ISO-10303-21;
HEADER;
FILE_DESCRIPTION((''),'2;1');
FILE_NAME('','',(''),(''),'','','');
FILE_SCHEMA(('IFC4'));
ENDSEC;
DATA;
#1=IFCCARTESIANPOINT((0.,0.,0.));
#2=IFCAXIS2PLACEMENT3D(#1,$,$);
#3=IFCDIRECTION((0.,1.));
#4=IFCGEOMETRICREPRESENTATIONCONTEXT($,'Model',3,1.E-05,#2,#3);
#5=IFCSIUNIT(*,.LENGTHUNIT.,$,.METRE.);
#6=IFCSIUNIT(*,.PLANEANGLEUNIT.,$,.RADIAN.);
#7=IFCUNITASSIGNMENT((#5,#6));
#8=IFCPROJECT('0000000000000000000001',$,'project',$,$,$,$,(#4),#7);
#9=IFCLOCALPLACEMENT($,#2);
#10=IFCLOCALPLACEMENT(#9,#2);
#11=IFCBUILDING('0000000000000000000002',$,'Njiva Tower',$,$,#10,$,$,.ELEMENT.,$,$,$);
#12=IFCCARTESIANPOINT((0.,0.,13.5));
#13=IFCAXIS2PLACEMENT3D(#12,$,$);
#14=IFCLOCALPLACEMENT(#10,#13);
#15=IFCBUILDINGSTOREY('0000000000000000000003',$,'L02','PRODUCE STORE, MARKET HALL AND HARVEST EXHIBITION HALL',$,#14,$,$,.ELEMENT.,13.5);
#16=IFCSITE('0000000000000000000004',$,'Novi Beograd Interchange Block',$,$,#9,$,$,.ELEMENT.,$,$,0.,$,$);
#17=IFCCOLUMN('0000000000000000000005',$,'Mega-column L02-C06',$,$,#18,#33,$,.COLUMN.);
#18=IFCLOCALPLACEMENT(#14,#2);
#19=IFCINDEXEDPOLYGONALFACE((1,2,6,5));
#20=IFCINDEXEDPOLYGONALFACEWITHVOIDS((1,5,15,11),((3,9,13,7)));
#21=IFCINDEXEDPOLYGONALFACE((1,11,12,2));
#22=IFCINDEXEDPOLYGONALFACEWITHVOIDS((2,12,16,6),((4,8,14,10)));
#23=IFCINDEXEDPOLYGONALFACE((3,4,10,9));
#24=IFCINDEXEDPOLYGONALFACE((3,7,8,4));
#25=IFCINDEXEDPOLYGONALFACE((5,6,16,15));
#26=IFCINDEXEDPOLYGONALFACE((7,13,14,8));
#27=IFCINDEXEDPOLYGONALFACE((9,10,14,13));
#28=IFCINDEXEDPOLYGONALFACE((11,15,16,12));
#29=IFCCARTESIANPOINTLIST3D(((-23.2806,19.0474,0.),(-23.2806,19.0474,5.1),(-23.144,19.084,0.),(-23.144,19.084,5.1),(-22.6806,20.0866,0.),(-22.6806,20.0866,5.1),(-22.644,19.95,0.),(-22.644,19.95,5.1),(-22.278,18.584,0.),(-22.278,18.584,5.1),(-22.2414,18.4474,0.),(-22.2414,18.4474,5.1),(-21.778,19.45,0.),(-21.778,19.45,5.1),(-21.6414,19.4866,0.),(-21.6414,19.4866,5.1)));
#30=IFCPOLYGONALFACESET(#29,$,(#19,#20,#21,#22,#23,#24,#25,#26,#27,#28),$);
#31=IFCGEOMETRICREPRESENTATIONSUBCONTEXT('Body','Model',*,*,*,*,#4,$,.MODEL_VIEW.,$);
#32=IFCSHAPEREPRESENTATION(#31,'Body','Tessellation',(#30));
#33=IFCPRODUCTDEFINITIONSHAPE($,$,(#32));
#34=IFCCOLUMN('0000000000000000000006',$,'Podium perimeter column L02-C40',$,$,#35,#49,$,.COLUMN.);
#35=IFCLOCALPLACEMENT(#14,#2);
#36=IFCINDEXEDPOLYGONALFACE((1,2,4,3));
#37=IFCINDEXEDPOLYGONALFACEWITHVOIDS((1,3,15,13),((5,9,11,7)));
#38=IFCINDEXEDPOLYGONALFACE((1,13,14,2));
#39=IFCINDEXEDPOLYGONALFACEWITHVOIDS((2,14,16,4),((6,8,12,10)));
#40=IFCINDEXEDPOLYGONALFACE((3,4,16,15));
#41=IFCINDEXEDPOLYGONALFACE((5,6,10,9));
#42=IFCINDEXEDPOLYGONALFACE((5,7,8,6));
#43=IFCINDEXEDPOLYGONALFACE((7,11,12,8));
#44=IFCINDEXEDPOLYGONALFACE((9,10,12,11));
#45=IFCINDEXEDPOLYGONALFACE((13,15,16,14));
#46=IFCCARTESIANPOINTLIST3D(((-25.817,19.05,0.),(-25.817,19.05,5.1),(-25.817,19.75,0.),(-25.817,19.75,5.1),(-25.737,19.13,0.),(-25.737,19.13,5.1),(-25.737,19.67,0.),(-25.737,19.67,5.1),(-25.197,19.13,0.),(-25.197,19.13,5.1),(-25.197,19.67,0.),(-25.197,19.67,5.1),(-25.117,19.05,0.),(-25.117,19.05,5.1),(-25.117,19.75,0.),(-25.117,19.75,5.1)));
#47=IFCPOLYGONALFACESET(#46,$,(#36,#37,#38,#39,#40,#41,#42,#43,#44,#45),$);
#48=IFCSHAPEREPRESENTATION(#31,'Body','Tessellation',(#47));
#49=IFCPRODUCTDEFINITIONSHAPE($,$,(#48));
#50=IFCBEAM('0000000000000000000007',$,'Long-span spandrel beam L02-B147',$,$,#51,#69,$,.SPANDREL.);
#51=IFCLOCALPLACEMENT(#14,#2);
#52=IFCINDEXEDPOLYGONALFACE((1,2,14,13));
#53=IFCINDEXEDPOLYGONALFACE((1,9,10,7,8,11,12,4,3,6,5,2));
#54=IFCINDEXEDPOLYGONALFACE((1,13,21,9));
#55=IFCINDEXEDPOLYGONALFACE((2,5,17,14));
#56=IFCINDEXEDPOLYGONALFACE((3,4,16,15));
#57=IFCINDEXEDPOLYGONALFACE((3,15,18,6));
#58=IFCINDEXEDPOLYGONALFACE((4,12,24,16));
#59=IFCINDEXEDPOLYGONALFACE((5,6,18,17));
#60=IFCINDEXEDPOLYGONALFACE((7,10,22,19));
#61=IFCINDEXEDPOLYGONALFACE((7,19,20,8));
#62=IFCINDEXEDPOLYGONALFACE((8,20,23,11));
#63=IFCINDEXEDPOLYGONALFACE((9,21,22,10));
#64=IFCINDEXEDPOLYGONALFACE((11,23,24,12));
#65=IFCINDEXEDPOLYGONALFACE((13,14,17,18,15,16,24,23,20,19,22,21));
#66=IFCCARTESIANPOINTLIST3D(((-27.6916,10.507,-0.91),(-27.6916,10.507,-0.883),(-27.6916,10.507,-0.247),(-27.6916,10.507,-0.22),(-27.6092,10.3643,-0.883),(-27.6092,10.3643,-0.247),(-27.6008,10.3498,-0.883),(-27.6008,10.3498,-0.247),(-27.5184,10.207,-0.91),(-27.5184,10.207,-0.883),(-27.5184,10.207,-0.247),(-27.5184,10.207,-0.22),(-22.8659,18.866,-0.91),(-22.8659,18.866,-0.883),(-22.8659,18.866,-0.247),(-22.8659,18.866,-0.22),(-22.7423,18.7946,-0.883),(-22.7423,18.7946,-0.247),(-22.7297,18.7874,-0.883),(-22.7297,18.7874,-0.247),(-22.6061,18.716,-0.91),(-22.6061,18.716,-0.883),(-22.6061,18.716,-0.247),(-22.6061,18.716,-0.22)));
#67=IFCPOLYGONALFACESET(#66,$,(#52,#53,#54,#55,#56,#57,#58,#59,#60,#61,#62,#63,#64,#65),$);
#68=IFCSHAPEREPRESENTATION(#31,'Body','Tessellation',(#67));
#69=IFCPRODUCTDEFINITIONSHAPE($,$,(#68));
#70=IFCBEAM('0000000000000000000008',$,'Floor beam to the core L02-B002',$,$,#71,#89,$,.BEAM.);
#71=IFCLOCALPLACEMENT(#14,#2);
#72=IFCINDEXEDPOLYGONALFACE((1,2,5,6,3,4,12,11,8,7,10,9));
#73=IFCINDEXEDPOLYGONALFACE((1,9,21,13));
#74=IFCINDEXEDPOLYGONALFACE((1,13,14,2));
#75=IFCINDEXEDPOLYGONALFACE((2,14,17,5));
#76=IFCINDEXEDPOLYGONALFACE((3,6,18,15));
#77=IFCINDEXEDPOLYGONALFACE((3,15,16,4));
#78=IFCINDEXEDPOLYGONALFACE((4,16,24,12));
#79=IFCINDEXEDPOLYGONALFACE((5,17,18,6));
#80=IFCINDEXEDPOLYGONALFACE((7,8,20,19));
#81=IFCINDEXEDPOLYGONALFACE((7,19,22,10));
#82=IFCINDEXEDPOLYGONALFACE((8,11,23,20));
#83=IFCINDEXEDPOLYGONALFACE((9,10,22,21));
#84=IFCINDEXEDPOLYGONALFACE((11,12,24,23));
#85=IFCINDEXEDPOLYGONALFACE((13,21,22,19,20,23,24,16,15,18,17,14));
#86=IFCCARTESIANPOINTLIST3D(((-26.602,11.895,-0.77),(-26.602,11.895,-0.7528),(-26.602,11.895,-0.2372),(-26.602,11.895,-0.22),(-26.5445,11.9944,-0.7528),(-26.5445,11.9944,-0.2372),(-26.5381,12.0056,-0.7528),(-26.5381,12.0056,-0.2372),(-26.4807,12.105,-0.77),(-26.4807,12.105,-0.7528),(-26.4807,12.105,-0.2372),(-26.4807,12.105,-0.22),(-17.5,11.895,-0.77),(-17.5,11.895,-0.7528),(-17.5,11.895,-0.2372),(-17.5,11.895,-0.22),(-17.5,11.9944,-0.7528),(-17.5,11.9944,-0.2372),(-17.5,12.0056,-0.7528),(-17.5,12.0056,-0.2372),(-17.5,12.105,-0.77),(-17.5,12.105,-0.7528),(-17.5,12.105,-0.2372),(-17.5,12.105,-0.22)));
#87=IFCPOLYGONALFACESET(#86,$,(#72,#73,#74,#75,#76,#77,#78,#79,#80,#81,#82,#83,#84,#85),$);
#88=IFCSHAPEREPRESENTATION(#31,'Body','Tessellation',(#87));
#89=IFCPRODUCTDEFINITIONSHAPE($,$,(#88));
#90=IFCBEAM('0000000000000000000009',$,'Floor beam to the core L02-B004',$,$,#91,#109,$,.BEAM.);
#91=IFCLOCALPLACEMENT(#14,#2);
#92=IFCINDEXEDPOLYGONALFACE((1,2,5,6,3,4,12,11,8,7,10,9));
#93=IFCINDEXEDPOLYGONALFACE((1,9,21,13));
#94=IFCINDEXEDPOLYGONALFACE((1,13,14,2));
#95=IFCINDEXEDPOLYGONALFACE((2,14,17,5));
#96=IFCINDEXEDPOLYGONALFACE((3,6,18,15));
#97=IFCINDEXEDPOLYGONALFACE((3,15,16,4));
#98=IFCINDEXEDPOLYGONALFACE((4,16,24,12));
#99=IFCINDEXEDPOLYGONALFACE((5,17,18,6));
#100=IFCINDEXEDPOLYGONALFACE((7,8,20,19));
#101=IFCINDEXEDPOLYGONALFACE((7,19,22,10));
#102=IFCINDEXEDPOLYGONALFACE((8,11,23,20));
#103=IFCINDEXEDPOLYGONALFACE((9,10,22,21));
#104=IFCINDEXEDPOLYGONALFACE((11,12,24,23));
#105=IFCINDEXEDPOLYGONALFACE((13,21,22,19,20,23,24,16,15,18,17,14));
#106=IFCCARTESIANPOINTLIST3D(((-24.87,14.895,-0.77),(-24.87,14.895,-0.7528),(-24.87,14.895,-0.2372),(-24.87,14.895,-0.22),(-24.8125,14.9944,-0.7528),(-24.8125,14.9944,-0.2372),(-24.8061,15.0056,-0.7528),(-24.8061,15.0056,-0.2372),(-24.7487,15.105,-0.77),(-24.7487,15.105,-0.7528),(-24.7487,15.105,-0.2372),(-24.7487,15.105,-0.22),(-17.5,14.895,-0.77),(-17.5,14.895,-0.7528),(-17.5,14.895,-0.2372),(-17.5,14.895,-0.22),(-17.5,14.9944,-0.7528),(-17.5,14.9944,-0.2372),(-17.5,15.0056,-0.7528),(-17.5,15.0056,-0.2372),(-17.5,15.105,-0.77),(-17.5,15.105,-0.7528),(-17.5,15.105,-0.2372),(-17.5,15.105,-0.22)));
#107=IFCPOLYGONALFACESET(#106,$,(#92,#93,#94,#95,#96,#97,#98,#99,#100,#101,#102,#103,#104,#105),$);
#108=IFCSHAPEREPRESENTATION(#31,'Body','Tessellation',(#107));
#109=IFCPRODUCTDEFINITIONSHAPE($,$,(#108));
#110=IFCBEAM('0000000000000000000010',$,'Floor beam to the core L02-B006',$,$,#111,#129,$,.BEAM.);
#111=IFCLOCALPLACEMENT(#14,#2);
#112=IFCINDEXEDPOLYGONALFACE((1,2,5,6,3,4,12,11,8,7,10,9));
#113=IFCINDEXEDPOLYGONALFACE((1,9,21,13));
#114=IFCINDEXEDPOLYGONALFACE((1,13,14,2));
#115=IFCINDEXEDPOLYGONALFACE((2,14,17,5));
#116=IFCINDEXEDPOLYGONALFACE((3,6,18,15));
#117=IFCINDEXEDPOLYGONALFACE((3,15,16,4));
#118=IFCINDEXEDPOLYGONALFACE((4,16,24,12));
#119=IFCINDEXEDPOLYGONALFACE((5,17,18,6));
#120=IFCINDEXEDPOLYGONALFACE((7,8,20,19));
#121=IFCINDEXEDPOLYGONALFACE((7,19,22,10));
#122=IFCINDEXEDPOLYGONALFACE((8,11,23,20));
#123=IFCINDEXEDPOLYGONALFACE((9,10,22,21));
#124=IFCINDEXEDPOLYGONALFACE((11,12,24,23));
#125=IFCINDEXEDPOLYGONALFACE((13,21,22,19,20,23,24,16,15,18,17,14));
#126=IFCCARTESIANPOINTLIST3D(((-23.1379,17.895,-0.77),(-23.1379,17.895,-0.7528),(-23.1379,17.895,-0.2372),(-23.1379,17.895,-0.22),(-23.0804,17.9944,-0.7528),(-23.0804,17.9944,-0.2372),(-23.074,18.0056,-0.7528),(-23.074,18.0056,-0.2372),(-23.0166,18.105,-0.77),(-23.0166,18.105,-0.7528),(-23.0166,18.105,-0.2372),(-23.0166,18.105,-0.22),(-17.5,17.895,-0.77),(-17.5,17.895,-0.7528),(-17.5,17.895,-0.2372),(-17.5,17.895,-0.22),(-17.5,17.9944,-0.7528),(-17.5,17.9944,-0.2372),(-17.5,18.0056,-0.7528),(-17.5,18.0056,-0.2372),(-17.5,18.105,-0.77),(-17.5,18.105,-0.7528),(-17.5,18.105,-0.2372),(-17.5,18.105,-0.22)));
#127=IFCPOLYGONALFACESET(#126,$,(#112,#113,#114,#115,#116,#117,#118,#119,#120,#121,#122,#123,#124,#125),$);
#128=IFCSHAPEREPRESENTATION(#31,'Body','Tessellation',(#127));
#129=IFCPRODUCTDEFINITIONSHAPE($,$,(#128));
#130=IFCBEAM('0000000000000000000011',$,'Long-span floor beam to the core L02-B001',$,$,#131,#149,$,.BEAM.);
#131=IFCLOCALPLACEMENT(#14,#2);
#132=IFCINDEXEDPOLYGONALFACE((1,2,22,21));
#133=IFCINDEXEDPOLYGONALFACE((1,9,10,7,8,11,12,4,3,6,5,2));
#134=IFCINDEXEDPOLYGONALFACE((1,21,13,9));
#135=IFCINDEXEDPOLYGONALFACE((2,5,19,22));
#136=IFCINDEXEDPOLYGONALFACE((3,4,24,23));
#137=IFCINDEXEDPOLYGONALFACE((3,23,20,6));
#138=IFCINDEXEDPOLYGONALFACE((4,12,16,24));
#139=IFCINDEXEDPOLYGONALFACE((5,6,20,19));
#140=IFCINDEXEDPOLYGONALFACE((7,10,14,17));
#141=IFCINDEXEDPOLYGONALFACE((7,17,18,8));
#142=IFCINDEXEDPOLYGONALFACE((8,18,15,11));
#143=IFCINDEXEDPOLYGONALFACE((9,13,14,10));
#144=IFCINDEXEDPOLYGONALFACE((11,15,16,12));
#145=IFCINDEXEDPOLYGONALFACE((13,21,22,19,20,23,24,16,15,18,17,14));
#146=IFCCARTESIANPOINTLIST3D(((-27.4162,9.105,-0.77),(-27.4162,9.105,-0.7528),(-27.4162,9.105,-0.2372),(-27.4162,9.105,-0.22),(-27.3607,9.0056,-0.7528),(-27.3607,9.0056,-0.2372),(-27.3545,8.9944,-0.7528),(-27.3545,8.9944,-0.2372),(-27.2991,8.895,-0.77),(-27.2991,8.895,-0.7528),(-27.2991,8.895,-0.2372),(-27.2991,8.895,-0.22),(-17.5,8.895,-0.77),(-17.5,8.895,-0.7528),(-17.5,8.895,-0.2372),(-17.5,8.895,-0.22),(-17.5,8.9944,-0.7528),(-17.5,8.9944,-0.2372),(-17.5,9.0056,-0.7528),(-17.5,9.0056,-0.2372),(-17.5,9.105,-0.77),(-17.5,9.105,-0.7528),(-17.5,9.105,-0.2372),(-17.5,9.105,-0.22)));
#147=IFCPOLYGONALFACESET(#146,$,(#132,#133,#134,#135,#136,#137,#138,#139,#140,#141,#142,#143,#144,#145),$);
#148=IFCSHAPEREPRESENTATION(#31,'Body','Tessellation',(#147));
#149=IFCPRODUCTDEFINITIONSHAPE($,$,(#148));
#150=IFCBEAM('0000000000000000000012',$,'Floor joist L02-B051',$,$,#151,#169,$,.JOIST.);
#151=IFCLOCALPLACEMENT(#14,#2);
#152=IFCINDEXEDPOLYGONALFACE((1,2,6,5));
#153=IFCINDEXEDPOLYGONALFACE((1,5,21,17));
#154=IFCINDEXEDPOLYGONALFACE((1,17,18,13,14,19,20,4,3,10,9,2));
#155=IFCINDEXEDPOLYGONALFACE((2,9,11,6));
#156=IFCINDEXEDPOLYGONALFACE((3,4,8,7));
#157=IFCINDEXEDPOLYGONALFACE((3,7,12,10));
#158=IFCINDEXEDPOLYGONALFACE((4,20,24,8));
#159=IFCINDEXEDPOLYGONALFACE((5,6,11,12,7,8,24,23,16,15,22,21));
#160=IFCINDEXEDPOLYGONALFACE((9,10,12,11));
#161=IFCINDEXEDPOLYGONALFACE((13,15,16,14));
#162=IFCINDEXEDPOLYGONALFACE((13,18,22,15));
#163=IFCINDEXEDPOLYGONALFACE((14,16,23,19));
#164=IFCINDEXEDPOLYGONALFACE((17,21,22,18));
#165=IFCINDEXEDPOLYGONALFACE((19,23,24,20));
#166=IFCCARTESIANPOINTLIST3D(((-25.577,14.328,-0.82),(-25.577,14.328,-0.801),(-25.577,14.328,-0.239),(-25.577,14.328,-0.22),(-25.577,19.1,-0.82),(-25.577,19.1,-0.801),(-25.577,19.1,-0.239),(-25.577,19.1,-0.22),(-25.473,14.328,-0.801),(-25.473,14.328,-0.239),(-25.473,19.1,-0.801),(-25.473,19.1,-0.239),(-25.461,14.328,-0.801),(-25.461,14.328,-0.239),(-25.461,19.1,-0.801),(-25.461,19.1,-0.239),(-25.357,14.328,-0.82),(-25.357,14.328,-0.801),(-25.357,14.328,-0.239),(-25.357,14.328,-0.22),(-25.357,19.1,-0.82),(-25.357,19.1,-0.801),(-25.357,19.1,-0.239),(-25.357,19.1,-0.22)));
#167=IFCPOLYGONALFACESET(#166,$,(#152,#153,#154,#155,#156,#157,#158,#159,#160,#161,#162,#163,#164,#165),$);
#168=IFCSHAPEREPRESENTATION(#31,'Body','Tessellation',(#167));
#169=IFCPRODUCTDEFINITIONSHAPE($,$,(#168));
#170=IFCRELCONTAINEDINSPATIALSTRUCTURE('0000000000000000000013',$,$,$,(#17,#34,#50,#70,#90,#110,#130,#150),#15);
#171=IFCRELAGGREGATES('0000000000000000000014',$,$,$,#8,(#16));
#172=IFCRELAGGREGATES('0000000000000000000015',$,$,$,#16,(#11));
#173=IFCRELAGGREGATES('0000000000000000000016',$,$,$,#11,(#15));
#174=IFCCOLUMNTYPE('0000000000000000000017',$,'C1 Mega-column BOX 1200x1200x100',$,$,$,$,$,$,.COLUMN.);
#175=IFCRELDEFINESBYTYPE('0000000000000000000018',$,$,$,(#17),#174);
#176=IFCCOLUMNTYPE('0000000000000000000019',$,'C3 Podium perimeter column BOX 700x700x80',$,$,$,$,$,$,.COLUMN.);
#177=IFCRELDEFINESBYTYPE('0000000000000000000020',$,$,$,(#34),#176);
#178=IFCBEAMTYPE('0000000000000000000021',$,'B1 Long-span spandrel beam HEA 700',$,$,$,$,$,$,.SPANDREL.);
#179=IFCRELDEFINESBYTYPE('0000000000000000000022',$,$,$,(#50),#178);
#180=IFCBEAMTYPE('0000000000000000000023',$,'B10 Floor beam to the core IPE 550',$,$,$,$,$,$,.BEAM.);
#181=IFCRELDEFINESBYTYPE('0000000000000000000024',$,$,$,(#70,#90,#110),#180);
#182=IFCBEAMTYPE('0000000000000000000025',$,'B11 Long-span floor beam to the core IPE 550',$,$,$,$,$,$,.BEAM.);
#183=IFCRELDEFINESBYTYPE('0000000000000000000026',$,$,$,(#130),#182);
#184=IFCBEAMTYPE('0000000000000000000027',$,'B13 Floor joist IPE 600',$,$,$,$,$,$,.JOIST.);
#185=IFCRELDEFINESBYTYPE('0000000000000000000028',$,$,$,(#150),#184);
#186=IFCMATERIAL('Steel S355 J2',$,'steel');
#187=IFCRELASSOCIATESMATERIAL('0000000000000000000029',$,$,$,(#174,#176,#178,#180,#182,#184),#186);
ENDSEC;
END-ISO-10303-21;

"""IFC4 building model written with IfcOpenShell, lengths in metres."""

from ifc_helpers import new_model, si_unit, direction, frame, origin, origin_2d, place, context, subcontext, project, spatial, hollow_rectangle, i_section, extrude, clip, halfspace, material, material_profile, profile_set, type_object, element, save


model = new_model("IFC4")

# Units and contexts
model_context = context("Model", 3, precision=1e-05, world=origin(), true_north=direction((0.0, 1.0)))
body_context = subcontext(model_context, "Body", "Model", "MODEL_VIEW")
ifc_project = project(units=[si_unit("LENGTHUNIT", "METRE"), si_unit("PLANEANGLEUNIT", "RADIAN")], contexts=[model_context])

# Site, building, storey
site_placement = place(None, origin())
site = spatial("IfcSite", under=ifc_project, at=site_placement, Name="Novi Beograd Interchange Block", CompositionType="ELEMENT", RefElevation=0.0)
building_placement = place(site_placement, origin())
building = spatial("IfcBuilding", under=site, at=building_placement, Name="Njiva Tower", CompositionType="ELEMENT")
storey_placement = place(building_placement, frame((0.0, 0.0, 13.5)))
storey = spatial("IfcBuildingStorey", under=building, at=storey_placement, Name="L02", Description="PRODUCE STORE, MARKET HALL AND HARVEST EXHIBITION HALL", CompositionType="ELEMENT", Elevation=13.5)

# Columns
ifc_material_1 = material(Name="Steel S355 J2", Category="steel")
ifc_material_profile_1 = material_profile(ifc_material_1, hollow_rectangle(XDim=1.2, YDim=1.2, WallThickness=0.1, at=origin_2d()), Name="BOX 1200x1200x100")
ifc_profile_set_1 = profile_set([ifc_material_profile_1], Name="Steel S355 J2")
column_type_1 = type_object("IfcColumnType", Name="C1 Mega-column BOX 1200x1200x100", PredefinedType="COLUMN", material=ifc_profile_set_1)
column_1_placement = place(storey_placement, frame((-22.461, 19.267, 0.0), z_axis=(0.0, 0.0, 1.0), x_axis=(-0.5, -0.866025, 0.0)))
element("IfcColumn", 1, at=column_1_placement, inside=storey, type_object=column_type_1, Name="Mega-column L02-C06", PredefinedType="COLUMN", context=body_context, shape_type="SweptSolid", body=[
    extrude(hollow_rectangle(XDim=1.2, YDim=1.2, WallThickness=0.1, at=origin_2d()), origin(), (0.0, 0.0, 1.0), 5.1),
])
ifc_material_profile_2 = material_profile(ifc_material_1, hollow_rectangle(XDim=0.7, YDim=0.7, WallThickness=0.08, at=origin_2d()), Name="BOX 700x700x80")
ifc_profile_set_2 = profile_set([ifc_material_profile_2], Name="Steel S355 J2")
column_type_2 = type_object("IfcColumnType", Name="C3 Podium perimeter column BOX 700x700x80", PredefinedType="COLUMN", material=ifc_profile_set_2)
column_2_placement = place(storey_placement, frame((-25.467, 19.4, 0.0), z_axis=(0.0, 0.0, 1.0), x_axis=(-1.0, 0.0, 0.0)))
element("IfcColumn", 2, at=column_2_placement, inside=storey, type_object=column_type_2, Name="Podium perimeter column L02-C40", PredefinedType="COLUMN", context=body_context, shape_type="SweptSolid", body=[
    extrude(hollow_rectangle(XDim=0.7, YDim=0.7, WallThickness=0.08, at=origin_2d()), origin(), (0.0, 0.0, 1.0), 5.1),
])

# Beams
ifc_material_profile_3 = material_profile(ifc_material_1, i_section(OverallWidth=0.3, OverallDepth=0.69, WebThickness=0.0145, FlangeThickness=0.027, at=origin_2d()), Name="HEA 700")
ifc_profile_set_3 = profile_set([ifc_material_profile_3], Name="Steel S355 J2")
beam_type_1 = type_object("IfcBeamType", Name="B1 Long-span spandrel beam HEA 700", PredefinedType="SPANDREL", material=ifc_profile_set_3)
beam_1_placement = place(storey_placement, frame((-22.736, 18.791, -0.565), z_axis=(-0.499971, -0.866042, 0.0), x_axis=(0.866042, -0.499971, 0.0)))
element("IfcBeam", 3, at=beam_1_placement, inside=storey, type_object=beam_type_1, Name="Long-span spandrel beam L02-B147", PredefinedType="SPANDREL", context=body_context, shape_type="Clipping", body=[
    clip(extrude(i_section(OverallWidth=0.3, OverallDepth=0.69, WebThickness=0.0145, FlangeThickness=0.027, at=origin_2d()), origin(), (0.0, 0.0, 1.0), 9.8456), halfspace(frame((-0.0253, 0.0, 9.7239), z_axis=(-0.500031, 0.0, 0.866008), x_axis=(0.0, 1.0, 0.0)), False)),
])
ifc_material_profile_4 = material_profile(ifc_material_1, i_section(OverallWidth=0.21, OverallDepth=0.55, WebThickness=0.0111, FlangeThickness=0.0172, at=origin_2d()), Name="IPE 550")
ifc_profile_set_4 = profile_set([ifc_material_profile_4], Name="Steel S355 J2")
beam_type_2 = type_object("IfcBeamType", Name="B10 Floor beam to the core IPE 550", PredefinedType="BEAM", material=ifc_profile_set_4)
beam_2_placement = place(storey_placement, frame((-26.622, 12.0, -0.495), z_axis=(1.0, 0.0, 0.0), x_axis=(0.0, 1.0, 0.0)))
element("IfcBeam", 4, at=beam_2_placement, inside=storey, type_object=beam_type_2, Name="Floor beam to the core L02-B002", PredefinedType="BEAM", context=body_context, shape_type="Clipping", body=[
    clip(extrude(i_section(OverallWidth=0.21, OverallDepth=0.55, WebThickness=0.0111, FlangeThickness=0.0172, at=origin_2d()), origin(), (0.0, 0.0, 1.0), 9.122), halfspace(frame((0.025, 0.0, 0.0951), z_axis=(0.499998, 0.0, -0.866027), x_axis=(0.0, -1.0, 0.0)), False)),
])
beam_3_placement = place(storey_placement, frame((-24.89, 15.0, -0.495), z_axis=(1.0, 0.0, 0.0), x_axis=(0.0, 1.0, 0.0)))
element("IfcBeam", 5, at=beam_3_placement, inside=storey, type_object=beam_type_2, Name="Floor beam to the core L02-B004", PredefinedType="BEAM", context=body_context, shape_type="Clipping", body=[
    clip(extrude(i_section(OverallWidth=0.21, OverallDepth=0.55, WebThickness=0.0111, FlangeThickness=0.0172, at=origin_2d()), origin(), (0.0, 0.0, 1.0), 7.39), halfspace(frame((0.025, 0.0, 0.0951), z_axis=(0.499998, 0.0, -0.866027), x_axis=(0.0, -1.0, 0.0)), False)),
])
beam_4_placement = place(storey_placement, frame((-23.158, 18.0, -0.495), z_axis=(1.0, 0.0, 0.0), x_axis=(0.0, 1.0, 0.0)))
element("IfcBeam", 6, at=beam_4_placement, inside=storey, type_object=beam_type_2, Name="Floor beam to the core L02-B006", PredefinedType="BEAM", context=body_context, shape_type="Clipping", body=[
    clip(extrude(i_section(OverallWidth=0.21, OverallDepth=0.55, WebThickness=0.0111, FlangeThickness=0.0172, at=origin_2d()), origin(), (0.0, 0.0, 1.0), 5.658), halfspace(frame((0.025, 0.0, 0.0952), z_axis=(0.499998, 0.0, -0.866027), x_axis=(0.0, -1.0, 0.0)), False)),
])
ifc_material_profile_5 = material_profile(ifc_material_1, i_section(OverallWidth=0.21, OverallDepth=0.55, WebThickness=0.0111, FlangeThickness=0.0172, at=origin_2d()), Name="IPE 550")
ifc_profile_set_5 = profile_set([ifc_material_profile_5], Name="Steel S355 J2")
beam_type_3 = type_object("IfcBeamType", Name="B11 Long-span floor beam to the core IPE 550", PredefinedType="BEAM", material=ifc_profile_set_5)
beam_5_placement = place(storey_placement, frame((-27.437, 9.0, -0.495), z_axis=(1.0, 0.0, 0.0), x_axis=(0.0, 1.0, 0.0)))
element("IfcBeam", 7, at=beam_5_placement, inside=storey, type_object=beam_type_3, Name="Long-span floor beam to the core L02-B001", PredefinedType="BEAM", context=body_context, shape_type="Clipping", body=[
    clip(extrude(i_section(OverallWidth=0.21, OverallDepth=0.55, WebThickness=0.0111, FlangeThickness=0.0172, at=origin_2d()), origin(), (0.0, 0.0, 1.0), 9.937), halfspace(frame((-0.0244, 0.0, 0.093), z_axis=(-0.487052, 0.0, -0.873373), x_axis=(0.0, -1.0, 0.0)), False)),
])
ifc_material_profile_6 = material_profile(ifc_material_1, i_section(OverallWidth=0.22, OverallDepth=0.6, WebThickness=0.012, FlangeThickness=0.019, at=origin_2d()), Name="IPE 600")
ifc_profile_set_6 = profile_set([ifc_material_profile_6], Name="Steel S355 J2")
beam_type_4 = type_object("IfcBeamType", Name="B13 Floor joist IPE 600", PredefinedType="JOIST", material=ifc_profile_set_6)
beam_6_placement = place(storey_placement, frame((-25.467, 19.1, -0.52), z_axis=(0.0, -1.0, 0.0), x_axis=(1.0, 0.0, 0.0)))
element("IfcBeam", 8, at=beam_6_placement, inside=storey, type_object=beam_type_4, Name="Floor joist L02-B051", PredefinedType="JOIST", context=body_context, shape_type="SweptSolid", body=[
    extrude(i_section(OverallWidth=0.22, OverallDepth=0.6, WebThickness=0.012, FlangeThickness=0.019, at=origin_2d()), origin(), (0.0, 0.0, 1.0), 4.772),
])

save(model, "model.ifc")
